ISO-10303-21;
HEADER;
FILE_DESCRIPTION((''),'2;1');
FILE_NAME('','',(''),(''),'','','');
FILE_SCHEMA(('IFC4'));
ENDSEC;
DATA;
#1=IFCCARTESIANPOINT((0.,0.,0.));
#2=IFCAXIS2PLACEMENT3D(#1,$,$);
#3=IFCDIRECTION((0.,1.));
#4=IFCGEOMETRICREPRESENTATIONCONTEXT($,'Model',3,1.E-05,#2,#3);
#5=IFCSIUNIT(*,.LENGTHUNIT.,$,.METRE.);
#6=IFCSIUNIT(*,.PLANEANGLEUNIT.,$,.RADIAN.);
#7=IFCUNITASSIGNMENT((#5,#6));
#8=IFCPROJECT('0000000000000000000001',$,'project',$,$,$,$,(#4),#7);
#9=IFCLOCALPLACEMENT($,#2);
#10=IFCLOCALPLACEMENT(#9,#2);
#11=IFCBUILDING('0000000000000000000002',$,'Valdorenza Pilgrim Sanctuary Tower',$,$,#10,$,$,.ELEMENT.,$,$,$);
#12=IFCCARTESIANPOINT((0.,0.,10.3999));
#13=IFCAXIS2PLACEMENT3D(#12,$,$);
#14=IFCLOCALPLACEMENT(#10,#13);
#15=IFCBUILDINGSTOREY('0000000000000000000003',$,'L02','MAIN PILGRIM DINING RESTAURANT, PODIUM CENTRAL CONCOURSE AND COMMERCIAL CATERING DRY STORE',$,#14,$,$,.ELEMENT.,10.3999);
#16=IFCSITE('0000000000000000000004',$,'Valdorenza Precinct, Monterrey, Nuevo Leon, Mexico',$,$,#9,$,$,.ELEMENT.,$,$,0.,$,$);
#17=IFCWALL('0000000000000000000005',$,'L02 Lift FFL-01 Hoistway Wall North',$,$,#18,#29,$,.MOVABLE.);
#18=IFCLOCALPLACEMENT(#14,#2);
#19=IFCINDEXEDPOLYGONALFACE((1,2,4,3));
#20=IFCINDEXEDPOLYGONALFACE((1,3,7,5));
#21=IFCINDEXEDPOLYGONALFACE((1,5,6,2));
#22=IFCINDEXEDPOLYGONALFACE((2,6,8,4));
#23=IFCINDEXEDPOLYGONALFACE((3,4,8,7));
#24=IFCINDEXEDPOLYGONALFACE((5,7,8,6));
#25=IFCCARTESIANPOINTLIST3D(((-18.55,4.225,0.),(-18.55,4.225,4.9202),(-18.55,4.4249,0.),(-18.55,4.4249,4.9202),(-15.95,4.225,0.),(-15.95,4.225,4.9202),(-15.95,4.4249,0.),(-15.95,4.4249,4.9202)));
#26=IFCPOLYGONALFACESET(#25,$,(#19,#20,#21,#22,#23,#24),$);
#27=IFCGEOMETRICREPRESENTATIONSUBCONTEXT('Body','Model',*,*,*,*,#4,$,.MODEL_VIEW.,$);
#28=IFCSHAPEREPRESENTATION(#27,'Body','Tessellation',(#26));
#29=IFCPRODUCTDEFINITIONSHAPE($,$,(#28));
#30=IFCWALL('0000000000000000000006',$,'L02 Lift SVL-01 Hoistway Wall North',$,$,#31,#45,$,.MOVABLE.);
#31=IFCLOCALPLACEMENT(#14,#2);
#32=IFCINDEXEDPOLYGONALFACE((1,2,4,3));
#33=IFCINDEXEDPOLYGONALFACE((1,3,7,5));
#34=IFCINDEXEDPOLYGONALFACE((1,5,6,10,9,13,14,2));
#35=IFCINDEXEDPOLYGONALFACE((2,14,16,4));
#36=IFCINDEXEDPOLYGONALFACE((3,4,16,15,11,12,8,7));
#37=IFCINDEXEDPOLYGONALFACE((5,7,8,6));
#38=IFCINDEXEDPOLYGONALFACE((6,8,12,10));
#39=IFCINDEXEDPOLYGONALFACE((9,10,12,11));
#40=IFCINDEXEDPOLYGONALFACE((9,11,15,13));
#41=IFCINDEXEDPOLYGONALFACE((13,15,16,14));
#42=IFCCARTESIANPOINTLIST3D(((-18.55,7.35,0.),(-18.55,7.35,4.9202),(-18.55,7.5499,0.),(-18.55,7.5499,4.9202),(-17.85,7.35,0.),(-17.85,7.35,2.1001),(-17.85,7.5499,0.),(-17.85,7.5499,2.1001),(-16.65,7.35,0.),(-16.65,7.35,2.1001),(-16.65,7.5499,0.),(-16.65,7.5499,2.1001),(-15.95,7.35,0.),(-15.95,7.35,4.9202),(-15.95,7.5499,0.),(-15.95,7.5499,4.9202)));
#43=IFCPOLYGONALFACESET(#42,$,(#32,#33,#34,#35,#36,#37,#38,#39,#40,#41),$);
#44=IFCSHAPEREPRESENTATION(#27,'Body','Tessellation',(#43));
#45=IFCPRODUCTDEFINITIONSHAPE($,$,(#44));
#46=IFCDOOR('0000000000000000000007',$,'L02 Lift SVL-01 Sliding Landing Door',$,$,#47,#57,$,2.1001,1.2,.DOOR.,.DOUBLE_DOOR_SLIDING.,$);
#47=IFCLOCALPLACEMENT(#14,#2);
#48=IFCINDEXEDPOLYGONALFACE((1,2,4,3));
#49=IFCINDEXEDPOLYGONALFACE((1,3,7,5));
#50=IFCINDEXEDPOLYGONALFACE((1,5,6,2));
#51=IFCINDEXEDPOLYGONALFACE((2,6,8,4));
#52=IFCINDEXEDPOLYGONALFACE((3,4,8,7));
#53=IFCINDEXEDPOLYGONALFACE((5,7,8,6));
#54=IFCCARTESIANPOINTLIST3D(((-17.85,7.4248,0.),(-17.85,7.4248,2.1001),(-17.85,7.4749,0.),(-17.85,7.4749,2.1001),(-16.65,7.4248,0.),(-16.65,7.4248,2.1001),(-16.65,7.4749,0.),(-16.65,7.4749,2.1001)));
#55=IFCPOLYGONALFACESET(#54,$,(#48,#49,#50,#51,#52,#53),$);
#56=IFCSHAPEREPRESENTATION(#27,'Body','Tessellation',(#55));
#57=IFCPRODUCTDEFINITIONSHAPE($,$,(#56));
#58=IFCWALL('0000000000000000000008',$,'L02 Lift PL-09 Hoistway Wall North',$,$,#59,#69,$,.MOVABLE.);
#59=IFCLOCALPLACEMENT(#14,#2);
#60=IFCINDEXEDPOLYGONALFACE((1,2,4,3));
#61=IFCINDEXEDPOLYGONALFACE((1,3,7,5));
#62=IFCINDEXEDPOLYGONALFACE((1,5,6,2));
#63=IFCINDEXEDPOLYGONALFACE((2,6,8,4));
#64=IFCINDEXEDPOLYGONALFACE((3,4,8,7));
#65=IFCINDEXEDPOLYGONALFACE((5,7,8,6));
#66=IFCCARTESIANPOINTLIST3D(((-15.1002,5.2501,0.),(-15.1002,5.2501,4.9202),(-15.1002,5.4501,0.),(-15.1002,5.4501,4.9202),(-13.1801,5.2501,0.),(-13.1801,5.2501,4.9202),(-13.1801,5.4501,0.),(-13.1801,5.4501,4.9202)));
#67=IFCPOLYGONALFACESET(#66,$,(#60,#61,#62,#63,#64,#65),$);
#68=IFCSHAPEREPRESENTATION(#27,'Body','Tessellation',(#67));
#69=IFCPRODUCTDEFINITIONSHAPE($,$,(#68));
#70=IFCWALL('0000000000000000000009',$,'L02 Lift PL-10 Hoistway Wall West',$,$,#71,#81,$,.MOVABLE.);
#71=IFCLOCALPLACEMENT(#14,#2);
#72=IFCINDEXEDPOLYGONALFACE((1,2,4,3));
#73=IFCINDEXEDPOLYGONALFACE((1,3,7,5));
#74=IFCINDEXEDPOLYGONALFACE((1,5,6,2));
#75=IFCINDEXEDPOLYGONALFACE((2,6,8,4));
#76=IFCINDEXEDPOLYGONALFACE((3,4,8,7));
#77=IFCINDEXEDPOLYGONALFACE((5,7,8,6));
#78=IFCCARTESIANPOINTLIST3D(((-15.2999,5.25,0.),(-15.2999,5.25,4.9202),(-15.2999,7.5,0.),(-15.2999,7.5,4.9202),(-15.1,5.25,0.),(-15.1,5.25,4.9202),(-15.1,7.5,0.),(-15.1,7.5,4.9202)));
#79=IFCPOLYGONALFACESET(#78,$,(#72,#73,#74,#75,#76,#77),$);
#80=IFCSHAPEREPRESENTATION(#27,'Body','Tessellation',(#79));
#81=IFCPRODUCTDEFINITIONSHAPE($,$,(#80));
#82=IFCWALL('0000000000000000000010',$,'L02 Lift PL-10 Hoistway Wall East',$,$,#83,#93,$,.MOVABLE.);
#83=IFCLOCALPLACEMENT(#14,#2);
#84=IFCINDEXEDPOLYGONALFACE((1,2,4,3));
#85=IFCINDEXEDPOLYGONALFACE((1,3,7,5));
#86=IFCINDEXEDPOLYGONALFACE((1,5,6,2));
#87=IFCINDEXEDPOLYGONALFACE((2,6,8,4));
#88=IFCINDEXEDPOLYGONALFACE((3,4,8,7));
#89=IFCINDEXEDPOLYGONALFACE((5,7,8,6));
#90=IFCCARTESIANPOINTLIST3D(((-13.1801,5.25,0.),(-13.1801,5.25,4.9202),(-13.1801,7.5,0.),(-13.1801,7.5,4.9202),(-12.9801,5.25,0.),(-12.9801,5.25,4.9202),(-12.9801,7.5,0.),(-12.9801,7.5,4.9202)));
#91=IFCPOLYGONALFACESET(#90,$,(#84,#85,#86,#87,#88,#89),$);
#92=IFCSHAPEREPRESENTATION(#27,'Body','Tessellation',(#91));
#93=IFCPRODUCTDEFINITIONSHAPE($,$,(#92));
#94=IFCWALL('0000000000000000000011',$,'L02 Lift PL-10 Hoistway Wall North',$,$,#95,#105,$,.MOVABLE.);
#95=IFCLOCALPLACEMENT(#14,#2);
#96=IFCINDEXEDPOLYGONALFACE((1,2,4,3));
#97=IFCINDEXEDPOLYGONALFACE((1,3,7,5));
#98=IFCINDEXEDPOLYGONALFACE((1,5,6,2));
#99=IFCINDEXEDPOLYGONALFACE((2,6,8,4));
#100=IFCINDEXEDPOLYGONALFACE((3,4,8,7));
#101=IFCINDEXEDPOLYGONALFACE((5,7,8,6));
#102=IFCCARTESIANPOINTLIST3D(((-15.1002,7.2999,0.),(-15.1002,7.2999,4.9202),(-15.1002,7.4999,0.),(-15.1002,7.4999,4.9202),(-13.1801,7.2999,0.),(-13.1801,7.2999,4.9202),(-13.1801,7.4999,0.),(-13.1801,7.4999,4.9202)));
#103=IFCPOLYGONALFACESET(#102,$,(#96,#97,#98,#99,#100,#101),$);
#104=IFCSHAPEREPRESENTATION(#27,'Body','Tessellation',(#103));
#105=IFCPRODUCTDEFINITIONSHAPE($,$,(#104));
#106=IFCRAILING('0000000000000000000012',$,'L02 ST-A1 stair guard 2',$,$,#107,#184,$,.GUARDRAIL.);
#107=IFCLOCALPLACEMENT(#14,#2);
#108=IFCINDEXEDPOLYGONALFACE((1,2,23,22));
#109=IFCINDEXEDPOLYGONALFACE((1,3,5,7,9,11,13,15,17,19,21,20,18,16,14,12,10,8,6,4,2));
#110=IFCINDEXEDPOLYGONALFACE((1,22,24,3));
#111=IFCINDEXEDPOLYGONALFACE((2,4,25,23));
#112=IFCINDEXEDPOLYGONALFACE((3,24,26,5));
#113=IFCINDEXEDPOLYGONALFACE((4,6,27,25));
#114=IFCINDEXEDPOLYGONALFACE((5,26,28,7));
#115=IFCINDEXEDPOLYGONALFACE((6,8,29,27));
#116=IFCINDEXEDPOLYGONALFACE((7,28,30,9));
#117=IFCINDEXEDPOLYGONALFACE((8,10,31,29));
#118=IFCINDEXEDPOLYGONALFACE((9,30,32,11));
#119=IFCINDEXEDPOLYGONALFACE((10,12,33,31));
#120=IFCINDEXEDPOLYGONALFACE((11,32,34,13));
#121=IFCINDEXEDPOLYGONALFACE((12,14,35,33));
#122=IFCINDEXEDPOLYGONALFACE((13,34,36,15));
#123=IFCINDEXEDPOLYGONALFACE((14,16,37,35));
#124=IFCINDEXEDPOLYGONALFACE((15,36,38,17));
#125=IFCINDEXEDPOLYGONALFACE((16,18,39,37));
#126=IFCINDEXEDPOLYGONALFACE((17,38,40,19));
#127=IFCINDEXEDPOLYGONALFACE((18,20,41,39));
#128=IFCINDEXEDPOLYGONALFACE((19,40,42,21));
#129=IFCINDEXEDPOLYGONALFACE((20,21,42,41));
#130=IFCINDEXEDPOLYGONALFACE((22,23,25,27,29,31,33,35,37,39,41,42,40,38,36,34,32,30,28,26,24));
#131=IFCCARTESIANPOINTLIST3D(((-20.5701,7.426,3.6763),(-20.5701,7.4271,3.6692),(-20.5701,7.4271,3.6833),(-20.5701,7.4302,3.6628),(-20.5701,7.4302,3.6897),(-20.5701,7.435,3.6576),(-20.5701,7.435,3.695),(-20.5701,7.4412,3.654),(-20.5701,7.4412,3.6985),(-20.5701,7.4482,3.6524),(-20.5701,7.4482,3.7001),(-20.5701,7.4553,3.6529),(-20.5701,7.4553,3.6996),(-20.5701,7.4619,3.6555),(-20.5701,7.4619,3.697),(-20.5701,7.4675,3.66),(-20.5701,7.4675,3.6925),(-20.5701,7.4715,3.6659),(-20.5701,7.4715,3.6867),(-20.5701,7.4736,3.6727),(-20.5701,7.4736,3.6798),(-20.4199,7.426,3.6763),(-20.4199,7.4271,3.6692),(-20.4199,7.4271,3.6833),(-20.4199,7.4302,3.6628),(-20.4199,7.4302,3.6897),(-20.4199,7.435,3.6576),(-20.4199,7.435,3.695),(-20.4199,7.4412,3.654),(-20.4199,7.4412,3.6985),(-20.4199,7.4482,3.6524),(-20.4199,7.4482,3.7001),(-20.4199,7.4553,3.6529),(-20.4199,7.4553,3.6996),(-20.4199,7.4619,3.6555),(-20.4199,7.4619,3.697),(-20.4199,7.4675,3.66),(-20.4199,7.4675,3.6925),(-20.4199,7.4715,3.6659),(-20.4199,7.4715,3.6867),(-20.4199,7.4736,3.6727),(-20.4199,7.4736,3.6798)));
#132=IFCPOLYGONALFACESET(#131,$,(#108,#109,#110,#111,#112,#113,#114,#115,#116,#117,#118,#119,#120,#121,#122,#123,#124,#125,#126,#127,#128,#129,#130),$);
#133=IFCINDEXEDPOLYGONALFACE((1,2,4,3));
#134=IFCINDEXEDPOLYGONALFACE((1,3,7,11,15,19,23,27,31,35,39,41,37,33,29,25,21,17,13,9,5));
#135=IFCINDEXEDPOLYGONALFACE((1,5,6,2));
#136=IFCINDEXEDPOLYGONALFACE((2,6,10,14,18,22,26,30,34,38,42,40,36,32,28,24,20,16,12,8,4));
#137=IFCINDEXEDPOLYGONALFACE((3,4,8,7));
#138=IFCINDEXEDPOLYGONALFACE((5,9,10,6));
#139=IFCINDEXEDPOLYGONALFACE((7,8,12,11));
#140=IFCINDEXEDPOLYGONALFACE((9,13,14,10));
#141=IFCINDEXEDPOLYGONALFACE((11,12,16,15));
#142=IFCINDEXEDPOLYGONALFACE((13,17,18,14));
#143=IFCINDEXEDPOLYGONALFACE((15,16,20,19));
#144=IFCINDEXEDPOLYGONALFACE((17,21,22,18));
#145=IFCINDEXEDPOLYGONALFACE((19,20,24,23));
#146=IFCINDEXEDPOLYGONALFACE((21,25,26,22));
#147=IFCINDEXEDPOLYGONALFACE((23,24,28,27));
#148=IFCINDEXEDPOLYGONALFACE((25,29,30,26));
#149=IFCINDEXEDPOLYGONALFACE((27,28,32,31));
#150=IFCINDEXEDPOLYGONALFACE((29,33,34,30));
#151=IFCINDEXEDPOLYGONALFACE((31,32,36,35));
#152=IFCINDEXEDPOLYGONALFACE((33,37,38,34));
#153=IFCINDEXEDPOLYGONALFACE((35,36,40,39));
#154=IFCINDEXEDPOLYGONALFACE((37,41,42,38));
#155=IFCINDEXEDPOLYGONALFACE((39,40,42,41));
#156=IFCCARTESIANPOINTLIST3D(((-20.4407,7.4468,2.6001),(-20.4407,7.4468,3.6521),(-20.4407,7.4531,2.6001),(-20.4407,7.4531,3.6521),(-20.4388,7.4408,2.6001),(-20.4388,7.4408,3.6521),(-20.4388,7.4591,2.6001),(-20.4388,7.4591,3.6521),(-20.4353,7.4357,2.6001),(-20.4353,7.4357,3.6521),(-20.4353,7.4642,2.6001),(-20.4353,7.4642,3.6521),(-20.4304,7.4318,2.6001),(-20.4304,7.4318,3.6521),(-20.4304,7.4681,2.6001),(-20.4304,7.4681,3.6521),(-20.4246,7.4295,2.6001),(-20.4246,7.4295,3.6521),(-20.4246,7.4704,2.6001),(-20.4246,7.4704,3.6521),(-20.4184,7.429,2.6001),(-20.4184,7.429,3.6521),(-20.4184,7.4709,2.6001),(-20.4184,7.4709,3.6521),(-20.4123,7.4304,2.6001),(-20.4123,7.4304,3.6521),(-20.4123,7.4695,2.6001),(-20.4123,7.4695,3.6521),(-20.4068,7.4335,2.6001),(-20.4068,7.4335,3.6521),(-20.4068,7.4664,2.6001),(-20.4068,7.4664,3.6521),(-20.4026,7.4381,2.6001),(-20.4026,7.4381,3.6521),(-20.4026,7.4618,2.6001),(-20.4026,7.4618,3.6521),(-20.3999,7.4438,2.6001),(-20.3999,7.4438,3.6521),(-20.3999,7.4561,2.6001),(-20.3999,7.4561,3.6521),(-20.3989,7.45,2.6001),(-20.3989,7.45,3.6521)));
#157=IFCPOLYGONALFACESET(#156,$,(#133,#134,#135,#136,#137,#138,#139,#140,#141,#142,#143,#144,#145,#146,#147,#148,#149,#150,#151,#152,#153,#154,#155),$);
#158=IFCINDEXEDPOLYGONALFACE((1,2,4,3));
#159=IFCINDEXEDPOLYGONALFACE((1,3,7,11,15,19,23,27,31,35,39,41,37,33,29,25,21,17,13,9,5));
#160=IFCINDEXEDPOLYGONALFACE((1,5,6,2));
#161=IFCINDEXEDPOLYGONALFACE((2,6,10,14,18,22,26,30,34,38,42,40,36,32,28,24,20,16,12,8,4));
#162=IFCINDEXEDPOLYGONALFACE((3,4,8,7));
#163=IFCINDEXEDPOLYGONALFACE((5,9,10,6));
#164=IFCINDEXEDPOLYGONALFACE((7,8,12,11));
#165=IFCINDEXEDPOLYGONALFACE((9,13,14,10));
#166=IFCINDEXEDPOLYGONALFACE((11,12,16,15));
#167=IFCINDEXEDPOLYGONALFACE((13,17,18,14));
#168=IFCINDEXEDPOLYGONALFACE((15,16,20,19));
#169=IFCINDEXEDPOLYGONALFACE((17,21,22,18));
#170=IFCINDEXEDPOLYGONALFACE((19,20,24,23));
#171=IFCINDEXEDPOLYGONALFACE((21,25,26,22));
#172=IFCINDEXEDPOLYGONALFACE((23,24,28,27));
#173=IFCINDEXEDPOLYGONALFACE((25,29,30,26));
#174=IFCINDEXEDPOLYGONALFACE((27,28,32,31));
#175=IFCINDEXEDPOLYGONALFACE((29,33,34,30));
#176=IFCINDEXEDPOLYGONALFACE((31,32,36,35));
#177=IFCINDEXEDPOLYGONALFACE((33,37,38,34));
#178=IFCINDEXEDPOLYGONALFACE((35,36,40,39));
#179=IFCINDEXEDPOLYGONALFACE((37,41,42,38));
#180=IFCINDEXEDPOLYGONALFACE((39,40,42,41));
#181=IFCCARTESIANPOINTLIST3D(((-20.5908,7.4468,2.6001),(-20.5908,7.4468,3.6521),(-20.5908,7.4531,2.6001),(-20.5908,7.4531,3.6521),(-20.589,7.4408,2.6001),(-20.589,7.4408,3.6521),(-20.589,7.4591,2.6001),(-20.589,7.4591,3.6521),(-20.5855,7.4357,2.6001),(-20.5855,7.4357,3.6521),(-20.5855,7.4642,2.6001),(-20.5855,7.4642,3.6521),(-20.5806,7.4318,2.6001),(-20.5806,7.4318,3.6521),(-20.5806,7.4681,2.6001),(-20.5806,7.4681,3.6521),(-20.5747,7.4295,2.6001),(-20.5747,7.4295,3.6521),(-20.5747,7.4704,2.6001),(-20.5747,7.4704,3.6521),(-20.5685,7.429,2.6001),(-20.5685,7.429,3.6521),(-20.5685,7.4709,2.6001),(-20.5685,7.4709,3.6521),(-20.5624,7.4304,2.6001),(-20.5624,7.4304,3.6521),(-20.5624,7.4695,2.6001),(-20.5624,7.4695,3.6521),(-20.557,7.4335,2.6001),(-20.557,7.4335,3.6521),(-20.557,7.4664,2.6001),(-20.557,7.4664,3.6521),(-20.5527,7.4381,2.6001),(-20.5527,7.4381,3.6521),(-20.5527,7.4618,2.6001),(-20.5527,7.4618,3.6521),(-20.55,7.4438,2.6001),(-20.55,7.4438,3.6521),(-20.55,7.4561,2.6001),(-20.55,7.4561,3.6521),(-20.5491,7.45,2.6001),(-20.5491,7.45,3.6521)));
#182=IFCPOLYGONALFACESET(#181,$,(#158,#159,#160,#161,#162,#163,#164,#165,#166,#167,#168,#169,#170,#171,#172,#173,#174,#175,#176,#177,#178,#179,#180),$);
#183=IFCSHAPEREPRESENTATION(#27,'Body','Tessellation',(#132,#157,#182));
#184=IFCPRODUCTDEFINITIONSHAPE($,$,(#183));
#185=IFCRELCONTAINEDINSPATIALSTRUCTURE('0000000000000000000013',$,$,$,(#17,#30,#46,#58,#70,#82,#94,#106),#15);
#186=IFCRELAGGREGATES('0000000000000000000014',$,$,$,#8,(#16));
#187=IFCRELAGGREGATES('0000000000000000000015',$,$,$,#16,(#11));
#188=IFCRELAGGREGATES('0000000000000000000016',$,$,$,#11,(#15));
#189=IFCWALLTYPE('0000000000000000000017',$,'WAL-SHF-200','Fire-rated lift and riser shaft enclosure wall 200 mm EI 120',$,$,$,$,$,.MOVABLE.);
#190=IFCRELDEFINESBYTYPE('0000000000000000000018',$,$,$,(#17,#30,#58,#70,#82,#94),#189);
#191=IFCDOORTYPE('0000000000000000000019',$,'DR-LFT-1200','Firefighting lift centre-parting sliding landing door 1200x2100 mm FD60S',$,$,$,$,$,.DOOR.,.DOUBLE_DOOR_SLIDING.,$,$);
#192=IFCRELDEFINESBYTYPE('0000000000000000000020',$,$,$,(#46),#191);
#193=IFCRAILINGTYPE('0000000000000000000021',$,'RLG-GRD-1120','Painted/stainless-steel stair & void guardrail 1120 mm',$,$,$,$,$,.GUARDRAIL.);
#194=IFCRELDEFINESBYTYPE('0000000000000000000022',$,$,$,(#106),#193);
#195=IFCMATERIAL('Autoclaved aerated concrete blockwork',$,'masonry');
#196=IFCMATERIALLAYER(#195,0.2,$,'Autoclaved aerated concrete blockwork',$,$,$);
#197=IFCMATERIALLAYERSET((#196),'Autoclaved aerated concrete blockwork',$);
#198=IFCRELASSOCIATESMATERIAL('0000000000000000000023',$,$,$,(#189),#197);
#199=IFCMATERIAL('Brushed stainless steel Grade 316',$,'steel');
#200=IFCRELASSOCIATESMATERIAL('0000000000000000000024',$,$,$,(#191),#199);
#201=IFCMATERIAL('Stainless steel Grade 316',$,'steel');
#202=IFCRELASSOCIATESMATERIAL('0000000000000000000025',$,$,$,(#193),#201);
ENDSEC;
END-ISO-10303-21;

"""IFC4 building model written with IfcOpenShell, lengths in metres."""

from ifc_helpers import new_model, si_unit, direction, frame, frame_2d, origin, origin_2d, place, context, subcontext, project, spatial, rectangle, circle, extrude, material, layer, layer_set, type_object, element, fill, save


model = new_model("IFC4")

# Units and contexts
model_context = context("Model", 3, precision=1e-05, world=origin(), true_north=direction((0.0, 1.0)))
body_context = subcontext(model_context, "Body", "Model", "MODEL_VIEW")
ifc_project = project(units=[si_unit("LENGTHUNIT", "METRE"), si_unit("PLANEANGLEUNIT", "RADIAN")], contexts=[model_context])

# Site, building, storey
site_placement = place(None, origin())
site = spatial("IfcSite", under=ifc_project, at=site_placement, Name="Valdorenza Precinct, Monterrey, Nuevo Leon, Mexico", CompositionType="ELEMENT", RefElevation=0.0)
building_placement = place(site_placement, origin())
building = spatial("IfcBuilding", under=site, at=building_placement, Name="Valdorenza Pilgrim Sanctuary Tower", CompositionType="ELEMENT")
storey_placement = place(building_placement, frame((0.0, 0.0, 10.3999)))
storey = spatial("IfcBuildingStorey", under=building, at=storey_placement, Name="L02", Description="MAIN PILGRIM DINING RESTAURANT, PODIUM CENTRAL CONCOURSE AND COMMERCIAL CATERING DRY STORE", CompositionType="ELEMENT", Elevation=10.3999)

# Wall
ifc_material_1 = material(Name="Autoclaved aerated concrete blockwork", Category="masonry")
ifc_layer_1 = layer(ifc_material_1, 0.2, Name="Autoclaved aerated concrete blockwork")
ifc_layer_set_1 = layer_set([ifc_layer_1], Name="Autoclaved aerated concrete blockwork")
wall_type_1 = type_object("IfcWallType", Name="WAL-SHF-200", Description="Fire-rated lift and riser shaft enclosure wall 200 mm EI 120", PredefinedType="MOVABLE", material=ifc_layer_set_1)
wall_1_placement = place(storey_placement, frame((-18.55, 4.325, 0.0), z_axis=(0.0, 0.0, 1.0), x_axis=(1.0, 0.0, 0.0)))
element("IfcWall", 1, at=wall_1_placement, inside=storey, type_object=wall_type_1, Name="L02 Lift FFL-01 Hoistway Wall North", PredefinedType="MOVABLE", context=body_context, shape_type="SweptSolid", body=[
    extrude(rectangle(XDim=2.6001, YDim=0.2, at=frame_2d((1.3, 0.0))), origin(), (0.0, 0.0, 1.0), 4.9202),
])

# Wall, opening, door
wall_2_placement = place(storey_placement, frame((-18.55, 7.45, 0.0), z_axis=(0.0, 0.0, 1.0), x_axis=(1.0, 0.0, 0.0)))
wall_2 = element("IfcWall", 2, at=wall_2_placement, inside=storey, type_object=wall_type_1, Name="L02 Lift SVL-01 Hoistway Wall North", PredefinedType="MOVABLE", context=body_context, shape_type="SweptSolid", body=[
    extrude(rectangle(XDim=2.6001, YDim=0.2, at=frame_2d((1.3, 0.0))), origin(), (0.0, 0.0, 1.0), 4.9202),
])
opening_1_placement = place(wall_2_placement, frame((0.7, 0.0, 0.0)))
opening_1 = element("IfcOpeningElement", 3, at=opening_1_placement, cuts=wall_2, PredefinedType="OPENING", context=body_context, shape_type="SweptSolid", body=[
    extrude(rectangle(XDim=1.2, YDim=2.1001, at=frame_2d((0.6001, 1.05))), frame((0.0, 0.1147, 0.0), z_axis=(0.0, -1.0, 0.0), x_axis=(1.0, 0.0, 0.0)), (0.0, 0.0, 1.0), 0.2297),
])
ifc_material_2 = material(Name="Brushed stainless steel Grade 316", Category="steel")
door_type_1 = type_object("IfcDoorType", Name="DR-LFT-1200", Description="Firefighting lift centre-parting sliding landing door 1200x2100 mm FD60S", OperationType="DOUBLE_DOOR_SLIDING", PredefinedType="DOOR", material=ifc_material_2)
door_1_placement = place(opening_1_placement, origin())
door_1 = element("IfcDoor", 4, at=door_1_placement, inside=storey, type_object=door_type_1, Name="L02 Lift SVL-01 Sliding Landing Door", OperationType="DOUBLE_DOOR_SLIDING", OverallHeight=2.1001, OverallWidth=1.2, PredefinedType="DOOR", context=body_context, shape_type="SweptSolid", body=[
    extrude(rectangle(XDim=1.2, YDim=2.1001, at=frame_2d((0.6001, 1.05))), frame((0.0, 0.0249, 0.0), z_axis=(0.0, -1.0, 0.0), x_axis=(1.0, 0.0, 0.0)), (0.0, 0.0, 1.0), 0.05),
])
fill(opening_1, door_1)

# Walls
wall_3_placement = place(storey_placement, frame((-15.1001, 5.3501, 0.0), z_axis=(0.0, 0.0, 1.0), x_axis=(1.0, 0.0, 0.0)))
element("IfcWall", 5, at=wall_3_placement, inside=storey, type_object=wall_type_1, Name="L02 Lift PL-09 Hoistway Wall North", PredefinedType="MOVABLE", context=body_context, shape_type="SweptSolid", body=[
    extrude(rectangle(XDim=1.9202, YDim=0.2, at=frame_2d((0.96, 0.0))), origin(), (0.0, 0.0, 1.0), 4.9202),
])
for number, where, z_axis, x_axis, name in (
    (6, (-15.2, 5.25, 0.0), (0.0, 0.0, 1.0), (0.0, 1.0, 0.0), "L02 Lift PL-10 Hoistway Wall West"),
    (7, (-13.0801, 5.25, 0.0), (0.0, 0.0, 1.0), (0.0, 1.0, 0.0), "L02 Lift PL-10 Hoistway Wall East"),
):
    element("IfcWall", number, at=place(storey_placement, frame(where, z_axis=z_axis, x_axis=x_axis)), inside=storey, type_object=wall_type_1, Name=name, PredefinedType="MOVABLE", context=body_context, shape_type="SweptSolid", body=[
        extrude(rectangle(XDim=2.25, YDim=0.2, at=frame_2d((1.125, 0.0))), origin(), (0.0, 0.0, 1.0), 4.9202),
    ])
wall_4_placement = place(storey_placement, frame((-15.1001, 7.3999, 0.0), z_axis=(0.0, 0.0, 1.0), x_axis=(1.0, 0.0, 0.0)))
element("IfcWall", 8, at=wall_4_placement, inside=storey, type_object=wall_type_1, Name="L02 Lift PL-10 Hoistway Wall North", PredefinedType="MOVABLE", context=body_context, shape_type="SweptSolid", body=[
    extrude(rectangle(XDim=1.9202, YDim=0.2, at=frame_2d((0.96, 0.0))), origin(), (0.0, 0.0, 1.0), 4.9202),
])

# Railing
ifc_material_3 = material(Name="Stainless steel Grade 316", Category="steel")
railing_type = type_object("IfcRailingType", Name="RLG-GRD-1120", Description="Painted/stainless-steel stair & void guardrail 1120 mm", PredefinedType="GUARDRAIL", material=ifc_material_3)
railing_1_placement = place(storey_placement, frame((-20.4199, 7.45, 2.6001)))
element("IfcRailing", 9, at=railing_1_placement, inside=storey, type_object=railing_type, Name="L02 ST-A1 stair guard 2", PredefinedType="GUARDRAIL", context=body_context, shape_type="SweptSolid", body=[
    extrude(circle(Radius=0.0239, at=origin_2d()), frame((0.0, 0.0, 1.0762), z_axis=(-1.0, 0.0, 0.0), x_axis=(0.0, -1.0, 0.0)), (0.0, 0.0, 1.0), 0.1501),
    extrude(circle(Radius=0.021, at=origin_2d()), origin(), (0.0, 0.0, 1.0), 1.052),
    extrude(circle(Radius=0.021, at=origin_2d()), frame((-0.1501, 0.0, 0.0)), (0.0, 0.0, 1.0), 1.052),
])

save(model, "model.ifc")
